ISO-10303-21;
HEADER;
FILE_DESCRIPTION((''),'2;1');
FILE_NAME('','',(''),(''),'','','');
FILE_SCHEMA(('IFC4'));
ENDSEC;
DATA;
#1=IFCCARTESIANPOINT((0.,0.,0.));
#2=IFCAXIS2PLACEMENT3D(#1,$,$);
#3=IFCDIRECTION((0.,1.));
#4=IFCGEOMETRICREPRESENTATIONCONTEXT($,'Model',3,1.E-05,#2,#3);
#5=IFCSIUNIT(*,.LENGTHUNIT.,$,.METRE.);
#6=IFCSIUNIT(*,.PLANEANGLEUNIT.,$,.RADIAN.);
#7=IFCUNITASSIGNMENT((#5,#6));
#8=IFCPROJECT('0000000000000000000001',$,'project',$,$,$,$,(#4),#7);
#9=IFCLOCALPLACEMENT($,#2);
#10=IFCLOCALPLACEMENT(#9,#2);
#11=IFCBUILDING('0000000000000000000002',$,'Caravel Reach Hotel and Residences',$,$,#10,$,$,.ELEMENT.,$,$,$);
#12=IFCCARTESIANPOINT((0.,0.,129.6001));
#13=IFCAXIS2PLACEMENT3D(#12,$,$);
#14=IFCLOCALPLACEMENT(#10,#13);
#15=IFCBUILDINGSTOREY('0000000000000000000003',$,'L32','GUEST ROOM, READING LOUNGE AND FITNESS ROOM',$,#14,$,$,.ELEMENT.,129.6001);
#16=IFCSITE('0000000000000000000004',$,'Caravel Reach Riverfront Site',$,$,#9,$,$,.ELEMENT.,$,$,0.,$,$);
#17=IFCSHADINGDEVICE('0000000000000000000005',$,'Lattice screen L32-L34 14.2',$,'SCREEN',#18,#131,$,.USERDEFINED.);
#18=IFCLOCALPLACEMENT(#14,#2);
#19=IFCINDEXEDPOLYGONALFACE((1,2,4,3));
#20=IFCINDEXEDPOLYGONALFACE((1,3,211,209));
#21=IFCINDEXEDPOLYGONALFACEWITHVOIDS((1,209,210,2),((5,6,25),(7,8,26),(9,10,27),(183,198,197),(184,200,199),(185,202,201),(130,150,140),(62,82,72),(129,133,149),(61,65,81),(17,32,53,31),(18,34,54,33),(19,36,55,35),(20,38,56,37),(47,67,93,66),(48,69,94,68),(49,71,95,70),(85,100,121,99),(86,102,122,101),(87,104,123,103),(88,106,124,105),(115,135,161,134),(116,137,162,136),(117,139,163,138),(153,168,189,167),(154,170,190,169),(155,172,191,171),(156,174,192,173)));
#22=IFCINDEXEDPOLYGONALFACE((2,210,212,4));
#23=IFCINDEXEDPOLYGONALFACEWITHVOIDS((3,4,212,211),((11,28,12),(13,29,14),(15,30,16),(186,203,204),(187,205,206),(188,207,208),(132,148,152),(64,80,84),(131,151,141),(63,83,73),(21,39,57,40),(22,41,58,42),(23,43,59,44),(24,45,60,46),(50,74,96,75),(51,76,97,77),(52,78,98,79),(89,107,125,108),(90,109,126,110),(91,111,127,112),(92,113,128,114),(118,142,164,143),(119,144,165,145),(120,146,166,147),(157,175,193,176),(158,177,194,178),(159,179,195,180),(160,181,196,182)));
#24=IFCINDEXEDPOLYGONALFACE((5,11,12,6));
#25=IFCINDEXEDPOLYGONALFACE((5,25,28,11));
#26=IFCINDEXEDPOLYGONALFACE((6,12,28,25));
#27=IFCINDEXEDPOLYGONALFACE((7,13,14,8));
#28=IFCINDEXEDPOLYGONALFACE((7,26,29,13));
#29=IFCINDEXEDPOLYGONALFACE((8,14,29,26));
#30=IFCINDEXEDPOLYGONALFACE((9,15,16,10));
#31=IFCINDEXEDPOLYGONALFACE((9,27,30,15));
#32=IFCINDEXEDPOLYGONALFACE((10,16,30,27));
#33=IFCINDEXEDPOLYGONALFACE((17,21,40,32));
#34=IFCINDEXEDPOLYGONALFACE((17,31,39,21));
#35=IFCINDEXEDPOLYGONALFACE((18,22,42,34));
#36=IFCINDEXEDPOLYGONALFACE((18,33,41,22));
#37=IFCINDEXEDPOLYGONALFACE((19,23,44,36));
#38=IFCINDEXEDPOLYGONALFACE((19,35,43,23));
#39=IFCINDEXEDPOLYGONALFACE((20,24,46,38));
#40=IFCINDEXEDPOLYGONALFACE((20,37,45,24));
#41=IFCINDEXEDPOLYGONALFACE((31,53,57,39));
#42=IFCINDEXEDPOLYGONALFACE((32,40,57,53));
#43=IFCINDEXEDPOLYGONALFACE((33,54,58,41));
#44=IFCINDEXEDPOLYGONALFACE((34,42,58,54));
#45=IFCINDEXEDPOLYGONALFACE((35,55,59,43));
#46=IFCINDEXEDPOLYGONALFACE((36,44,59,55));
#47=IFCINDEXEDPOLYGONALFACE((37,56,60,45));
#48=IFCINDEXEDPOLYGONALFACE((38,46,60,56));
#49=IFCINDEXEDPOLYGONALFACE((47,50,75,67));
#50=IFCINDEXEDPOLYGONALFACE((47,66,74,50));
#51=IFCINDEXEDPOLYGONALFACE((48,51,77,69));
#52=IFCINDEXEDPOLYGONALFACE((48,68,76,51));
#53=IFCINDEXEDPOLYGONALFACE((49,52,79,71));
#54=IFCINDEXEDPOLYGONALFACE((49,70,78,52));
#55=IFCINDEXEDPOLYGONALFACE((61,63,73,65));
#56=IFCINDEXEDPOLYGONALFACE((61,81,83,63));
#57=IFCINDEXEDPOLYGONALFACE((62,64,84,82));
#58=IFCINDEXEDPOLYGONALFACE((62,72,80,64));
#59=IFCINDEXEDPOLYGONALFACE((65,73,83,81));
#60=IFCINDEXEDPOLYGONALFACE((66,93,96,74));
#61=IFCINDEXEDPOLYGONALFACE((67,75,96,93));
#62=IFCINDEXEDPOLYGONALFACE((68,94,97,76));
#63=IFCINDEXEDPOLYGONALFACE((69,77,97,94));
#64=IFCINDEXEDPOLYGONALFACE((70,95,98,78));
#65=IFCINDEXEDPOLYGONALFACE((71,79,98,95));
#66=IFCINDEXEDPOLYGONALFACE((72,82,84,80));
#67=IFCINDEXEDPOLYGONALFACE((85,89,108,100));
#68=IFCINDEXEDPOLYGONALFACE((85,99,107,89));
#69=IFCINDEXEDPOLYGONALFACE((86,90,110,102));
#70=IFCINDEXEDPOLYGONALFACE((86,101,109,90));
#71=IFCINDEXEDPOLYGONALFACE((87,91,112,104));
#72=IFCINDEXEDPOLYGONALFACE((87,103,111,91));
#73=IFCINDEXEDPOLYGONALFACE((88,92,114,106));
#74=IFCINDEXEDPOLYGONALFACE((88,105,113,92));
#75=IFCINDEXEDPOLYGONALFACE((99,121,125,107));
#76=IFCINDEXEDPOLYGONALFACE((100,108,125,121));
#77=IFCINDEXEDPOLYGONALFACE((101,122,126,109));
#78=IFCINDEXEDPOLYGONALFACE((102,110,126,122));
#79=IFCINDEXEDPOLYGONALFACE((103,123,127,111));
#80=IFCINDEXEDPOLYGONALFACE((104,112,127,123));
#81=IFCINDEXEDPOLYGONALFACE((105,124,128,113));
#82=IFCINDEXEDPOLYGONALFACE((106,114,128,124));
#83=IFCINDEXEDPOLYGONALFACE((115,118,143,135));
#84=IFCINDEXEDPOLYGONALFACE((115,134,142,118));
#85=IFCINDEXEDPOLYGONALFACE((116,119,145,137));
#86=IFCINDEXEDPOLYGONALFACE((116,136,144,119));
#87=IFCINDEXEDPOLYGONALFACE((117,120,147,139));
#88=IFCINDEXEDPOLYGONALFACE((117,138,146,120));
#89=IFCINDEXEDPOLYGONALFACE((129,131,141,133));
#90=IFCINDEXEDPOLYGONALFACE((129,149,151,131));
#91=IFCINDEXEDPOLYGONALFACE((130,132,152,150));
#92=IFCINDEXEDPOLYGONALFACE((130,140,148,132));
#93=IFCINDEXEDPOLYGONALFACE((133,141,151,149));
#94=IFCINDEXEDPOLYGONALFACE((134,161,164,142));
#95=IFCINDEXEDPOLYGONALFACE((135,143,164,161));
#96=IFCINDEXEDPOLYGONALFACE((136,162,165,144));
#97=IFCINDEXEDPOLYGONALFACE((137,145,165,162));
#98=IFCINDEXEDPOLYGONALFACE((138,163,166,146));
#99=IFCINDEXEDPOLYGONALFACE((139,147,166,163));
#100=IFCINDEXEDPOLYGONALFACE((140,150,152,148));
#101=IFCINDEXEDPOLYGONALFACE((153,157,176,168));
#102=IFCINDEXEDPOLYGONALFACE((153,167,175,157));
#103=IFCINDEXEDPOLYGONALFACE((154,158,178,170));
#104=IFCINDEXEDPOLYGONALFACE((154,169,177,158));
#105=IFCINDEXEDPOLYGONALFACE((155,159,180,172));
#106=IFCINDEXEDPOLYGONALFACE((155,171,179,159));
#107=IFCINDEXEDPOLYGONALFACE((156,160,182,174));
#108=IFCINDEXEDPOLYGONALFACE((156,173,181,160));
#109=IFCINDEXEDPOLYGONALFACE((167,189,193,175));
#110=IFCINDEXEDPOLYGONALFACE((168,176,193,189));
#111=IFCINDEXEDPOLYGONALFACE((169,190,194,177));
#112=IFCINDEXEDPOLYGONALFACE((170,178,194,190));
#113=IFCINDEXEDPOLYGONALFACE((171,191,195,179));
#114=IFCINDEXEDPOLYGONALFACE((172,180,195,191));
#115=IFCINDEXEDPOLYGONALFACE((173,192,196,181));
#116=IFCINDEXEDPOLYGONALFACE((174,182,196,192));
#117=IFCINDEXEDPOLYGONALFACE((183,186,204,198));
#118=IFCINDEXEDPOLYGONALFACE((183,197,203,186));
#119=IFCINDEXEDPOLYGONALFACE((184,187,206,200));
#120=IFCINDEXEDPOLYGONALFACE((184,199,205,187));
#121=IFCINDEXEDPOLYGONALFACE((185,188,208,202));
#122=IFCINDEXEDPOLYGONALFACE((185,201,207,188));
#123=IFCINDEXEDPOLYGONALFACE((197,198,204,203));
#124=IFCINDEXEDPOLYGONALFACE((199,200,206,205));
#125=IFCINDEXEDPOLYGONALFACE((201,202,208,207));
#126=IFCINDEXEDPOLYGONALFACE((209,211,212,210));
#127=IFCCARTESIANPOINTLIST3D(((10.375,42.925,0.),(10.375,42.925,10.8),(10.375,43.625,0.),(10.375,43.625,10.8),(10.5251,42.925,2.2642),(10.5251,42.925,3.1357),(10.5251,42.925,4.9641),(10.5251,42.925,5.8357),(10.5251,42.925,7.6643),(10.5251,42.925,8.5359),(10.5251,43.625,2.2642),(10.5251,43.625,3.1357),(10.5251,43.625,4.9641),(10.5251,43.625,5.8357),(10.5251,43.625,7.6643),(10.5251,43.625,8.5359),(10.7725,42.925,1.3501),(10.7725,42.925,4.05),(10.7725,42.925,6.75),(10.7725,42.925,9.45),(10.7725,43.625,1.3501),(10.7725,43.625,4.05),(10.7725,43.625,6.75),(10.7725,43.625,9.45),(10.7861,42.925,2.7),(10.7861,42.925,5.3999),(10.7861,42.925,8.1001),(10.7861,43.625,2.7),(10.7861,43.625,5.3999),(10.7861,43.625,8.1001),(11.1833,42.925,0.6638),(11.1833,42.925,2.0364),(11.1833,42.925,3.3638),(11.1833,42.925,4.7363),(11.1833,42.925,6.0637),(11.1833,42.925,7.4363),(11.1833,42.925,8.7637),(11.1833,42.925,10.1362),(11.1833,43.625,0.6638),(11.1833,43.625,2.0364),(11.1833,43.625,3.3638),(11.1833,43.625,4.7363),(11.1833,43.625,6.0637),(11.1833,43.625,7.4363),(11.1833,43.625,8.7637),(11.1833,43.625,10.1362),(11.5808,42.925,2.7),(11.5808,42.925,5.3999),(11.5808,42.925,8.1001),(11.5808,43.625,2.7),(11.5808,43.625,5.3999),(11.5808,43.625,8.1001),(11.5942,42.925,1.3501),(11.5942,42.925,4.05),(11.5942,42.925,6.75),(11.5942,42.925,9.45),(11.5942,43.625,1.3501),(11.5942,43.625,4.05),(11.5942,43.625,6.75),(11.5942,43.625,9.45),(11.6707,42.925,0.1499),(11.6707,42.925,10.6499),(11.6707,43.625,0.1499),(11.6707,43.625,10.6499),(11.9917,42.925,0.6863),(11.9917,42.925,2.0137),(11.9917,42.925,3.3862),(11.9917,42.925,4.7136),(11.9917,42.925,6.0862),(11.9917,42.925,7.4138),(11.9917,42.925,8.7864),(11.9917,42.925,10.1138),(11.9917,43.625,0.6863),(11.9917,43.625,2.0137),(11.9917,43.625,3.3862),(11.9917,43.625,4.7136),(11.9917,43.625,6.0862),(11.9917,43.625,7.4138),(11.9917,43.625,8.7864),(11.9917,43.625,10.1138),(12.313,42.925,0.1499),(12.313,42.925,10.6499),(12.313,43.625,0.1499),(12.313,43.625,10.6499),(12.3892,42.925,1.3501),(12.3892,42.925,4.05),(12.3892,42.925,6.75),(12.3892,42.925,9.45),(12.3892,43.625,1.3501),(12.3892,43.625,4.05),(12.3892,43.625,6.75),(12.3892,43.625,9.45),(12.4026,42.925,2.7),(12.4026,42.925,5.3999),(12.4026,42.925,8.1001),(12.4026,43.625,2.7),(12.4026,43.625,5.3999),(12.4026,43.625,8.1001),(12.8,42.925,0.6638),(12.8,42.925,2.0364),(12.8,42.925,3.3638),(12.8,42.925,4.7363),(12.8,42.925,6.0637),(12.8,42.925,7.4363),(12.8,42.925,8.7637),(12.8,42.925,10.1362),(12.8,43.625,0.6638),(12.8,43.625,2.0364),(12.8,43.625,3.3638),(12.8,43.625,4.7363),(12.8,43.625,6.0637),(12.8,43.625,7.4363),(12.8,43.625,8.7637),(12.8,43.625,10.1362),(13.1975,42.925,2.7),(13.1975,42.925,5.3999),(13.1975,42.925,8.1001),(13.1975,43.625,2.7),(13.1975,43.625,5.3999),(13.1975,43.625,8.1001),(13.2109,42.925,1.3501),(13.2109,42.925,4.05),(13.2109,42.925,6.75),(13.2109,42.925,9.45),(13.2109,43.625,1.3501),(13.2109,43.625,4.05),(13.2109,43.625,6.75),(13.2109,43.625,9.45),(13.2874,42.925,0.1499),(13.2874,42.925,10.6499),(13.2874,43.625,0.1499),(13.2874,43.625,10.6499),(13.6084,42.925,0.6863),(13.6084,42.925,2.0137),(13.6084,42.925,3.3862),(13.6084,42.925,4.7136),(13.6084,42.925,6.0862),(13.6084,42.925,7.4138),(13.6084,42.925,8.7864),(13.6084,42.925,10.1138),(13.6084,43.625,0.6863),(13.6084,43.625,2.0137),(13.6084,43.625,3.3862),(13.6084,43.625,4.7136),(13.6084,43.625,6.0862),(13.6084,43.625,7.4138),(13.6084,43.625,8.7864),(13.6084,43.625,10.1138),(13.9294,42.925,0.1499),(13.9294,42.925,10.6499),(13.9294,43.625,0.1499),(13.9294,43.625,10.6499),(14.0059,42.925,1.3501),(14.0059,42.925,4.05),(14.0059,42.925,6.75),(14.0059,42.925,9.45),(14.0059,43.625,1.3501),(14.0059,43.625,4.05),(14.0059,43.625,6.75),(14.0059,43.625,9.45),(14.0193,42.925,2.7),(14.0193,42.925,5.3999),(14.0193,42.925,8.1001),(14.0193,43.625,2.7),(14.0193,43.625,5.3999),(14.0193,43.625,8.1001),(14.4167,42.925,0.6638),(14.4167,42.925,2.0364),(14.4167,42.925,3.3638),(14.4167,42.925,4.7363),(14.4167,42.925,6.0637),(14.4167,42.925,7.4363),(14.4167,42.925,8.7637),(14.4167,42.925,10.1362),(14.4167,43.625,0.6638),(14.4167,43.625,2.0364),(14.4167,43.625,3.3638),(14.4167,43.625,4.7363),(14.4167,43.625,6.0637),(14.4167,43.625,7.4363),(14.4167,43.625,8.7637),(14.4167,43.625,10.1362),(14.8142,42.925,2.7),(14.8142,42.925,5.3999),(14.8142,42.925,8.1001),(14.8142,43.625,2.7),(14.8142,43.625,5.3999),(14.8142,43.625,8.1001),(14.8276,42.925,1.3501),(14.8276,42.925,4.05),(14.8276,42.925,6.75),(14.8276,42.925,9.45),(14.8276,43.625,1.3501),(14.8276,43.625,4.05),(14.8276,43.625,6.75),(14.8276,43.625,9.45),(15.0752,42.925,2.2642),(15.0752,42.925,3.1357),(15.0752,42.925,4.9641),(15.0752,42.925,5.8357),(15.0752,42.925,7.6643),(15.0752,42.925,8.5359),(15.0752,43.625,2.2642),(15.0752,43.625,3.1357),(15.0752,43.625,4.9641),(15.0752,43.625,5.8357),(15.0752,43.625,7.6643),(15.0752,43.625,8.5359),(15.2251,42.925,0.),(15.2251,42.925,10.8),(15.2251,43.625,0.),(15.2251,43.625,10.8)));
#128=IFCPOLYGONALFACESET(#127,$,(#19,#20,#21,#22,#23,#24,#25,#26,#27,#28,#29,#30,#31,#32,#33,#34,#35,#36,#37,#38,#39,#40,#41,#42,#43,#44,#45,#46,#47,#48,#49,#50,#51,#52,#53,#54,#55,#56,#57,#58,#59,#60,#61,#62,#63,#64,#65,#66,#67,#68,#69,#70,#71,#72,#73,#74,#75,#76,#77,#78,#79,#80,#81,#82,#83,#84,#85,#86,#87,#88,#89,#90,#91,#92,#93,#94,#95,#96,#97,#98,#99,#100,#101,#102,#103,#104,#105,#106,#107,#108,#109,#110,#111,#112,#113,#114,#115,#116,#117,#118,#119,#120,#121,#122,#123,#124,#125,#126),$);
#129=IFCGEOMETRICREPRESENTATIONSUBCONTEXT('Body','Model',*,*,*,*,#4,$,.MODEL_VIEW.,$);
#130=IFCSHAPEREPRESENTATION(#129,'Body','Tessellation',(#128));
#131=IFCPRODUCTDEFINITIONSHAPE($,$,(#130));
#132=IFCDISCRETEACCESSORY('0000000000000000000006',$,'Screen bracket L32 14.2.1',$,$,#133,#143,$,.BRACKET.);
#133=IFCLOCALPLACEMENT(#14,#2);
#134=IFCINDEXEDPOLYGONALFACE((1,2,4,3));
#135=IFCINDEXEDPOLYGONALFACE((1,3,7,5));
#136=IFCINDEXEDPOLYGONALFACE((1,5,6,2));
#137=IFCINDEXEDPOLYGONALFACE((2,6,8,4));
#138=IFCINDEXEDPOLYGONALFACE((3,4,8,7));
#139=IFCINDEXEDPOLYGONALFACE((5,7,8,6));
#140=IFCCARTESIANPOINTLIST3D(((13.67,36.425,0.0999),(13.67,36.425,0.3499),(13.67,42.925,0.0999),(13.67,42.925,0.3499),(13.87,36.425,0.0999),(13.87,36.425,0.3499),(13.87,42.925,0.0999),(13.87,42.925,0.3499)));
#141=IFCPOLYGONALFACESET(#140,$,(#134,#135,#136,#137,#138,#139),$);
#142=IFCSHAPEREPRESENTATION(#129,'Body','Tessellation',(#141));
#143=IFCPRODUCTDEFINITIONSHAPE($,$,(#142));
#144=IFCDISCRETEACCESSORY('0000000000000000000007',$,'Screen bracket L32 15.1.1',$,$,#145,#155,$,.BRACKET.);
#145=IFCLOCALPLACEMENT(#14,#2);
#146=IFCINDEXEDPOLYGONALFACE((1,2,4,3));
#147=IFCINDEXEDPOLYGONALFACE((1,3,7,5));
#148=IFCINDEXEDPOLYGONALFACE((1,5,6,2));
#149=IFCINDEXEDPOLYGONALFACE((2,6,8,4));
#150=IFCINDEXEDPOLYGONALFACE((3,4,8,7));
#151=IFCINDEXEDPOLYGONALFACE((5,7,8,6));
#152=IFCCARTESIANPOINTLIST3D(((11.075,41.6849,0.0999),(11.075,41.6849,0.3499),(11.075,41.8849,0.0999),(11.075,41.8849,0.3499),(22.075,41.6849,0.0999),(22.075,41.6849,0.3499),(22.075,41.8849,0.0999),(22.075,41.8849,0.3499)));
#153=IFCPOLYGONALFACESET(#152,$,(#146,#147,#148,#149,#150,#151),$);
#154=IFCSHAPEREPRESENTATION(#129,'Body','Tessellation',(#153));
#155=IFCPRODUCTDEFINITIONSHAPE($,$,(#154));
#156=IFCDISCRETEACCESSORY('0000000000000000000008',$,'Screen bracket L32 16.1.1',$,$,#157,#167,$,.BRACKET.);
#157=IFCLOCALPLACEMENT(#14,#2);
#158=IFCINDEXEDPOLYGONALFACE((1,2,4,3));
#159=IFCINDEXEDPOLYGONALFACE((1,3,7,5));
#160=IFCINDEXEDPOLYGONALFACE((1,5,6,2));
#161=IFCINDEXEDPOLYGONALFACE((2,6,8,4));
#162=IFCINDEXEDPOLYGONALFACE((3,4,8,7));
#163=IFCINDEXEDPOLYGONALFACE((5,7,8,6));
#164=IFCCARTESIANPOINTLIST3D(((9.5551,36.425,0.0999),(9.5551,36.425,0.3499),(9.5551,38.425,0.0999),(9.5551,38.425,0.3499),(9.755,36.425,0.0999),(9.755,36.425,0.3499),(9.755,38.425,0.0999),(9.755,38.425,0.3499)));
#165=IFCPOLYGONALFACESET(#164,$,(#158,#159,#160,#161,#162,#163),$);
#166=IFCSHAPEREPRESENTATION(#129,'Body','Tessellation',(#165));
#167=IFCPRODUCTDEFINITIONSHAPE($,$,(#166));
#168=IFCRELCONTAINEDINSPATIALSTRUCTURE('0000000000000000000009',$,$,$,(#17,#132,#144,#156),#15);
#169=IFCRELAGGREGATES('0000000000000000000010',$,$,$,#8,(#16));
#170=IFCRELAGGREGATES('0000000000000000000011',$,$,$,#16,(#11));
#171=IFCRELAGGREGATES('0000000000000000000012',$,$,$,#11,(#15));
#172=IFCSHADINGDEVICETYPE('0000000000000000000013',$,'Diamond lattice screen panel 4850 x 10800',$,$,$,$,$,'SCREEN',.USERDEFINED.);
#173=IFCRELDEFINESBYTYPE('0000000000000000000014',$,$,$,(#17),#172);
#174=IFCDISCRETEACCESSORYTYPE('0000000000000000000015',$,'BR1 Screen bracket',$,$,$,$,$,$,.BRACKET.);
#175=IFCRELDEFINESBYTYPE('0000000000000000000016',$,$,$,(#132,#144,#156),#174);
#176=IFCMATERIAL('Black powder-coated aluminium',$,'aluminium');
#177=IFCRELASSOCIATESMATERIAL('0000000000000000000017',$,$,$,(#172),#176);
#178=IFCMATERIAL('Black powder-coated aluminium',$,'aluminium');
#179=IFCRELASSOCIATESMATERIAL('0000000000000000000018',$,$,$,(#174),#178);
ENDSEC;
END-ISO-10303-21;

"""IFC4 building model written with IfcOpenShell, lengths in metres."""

from ifc_helpers import new_model, si_unit, direction, frame, origin, origin_2d, place, context, subcontext, project, spatial, polyline, rectangle, outline, extrude, material, type_object, element, save


model = new_model("IFC4")

# Units and contexts
model_context = context("Model", 3, precision=1e-05, world=origin(), true_north=direction((0.0, 1.0)))
body_context = subcontext(model_context, "Body", "Model", "MODEL_VIEW")
ifc_project = project(units=[si_unit("LENGTHUNIT", "METRE"), si_unit("PLANEANGLEUNIT", "RADIAN")], contexts=[model_context])

# Site, building, storey
site_placement = place(None, origin())
site = spatial("IfcSite", under=ifc_project, at=site_placement, Name="Caravel Reach Riverfront Site", CompositionType="ELEMENT", RefElevation=0.0)
building_placement = place(site_placement, origin())
building = spatial("IfcBuilding", under=site, at=building_placement, Name="Caravel Reach Hotel and Residences", CompositionType="ELEMENT")
storey_placement = place(building_placement, frame((0.0, 0.0, 129.6001)))
storey = spatial("IfcBuildingStorey", under=building, at=storey_placement, Name="L32", Description="GUEST ROOM, READING LOUNGE AND FITNESS ROOM", CompositionType="ELEMENT", Elevation=129.6001)

# Shading device
ifc_material_1 = material(Name="Black powder-coated aluminium", Category="aluminium")
shading_device_type_1 = type_object("IfcShadingDeviceType", Name="Diamond lattice screen panel 4850 x 10800", ElementType="SCREEN", PredefinedType="USERDEFINED", material=ifc_material_1)
shading_device_1_placement = place(storey_placement, frame((15.2251, 42.925, 0.0), z_axis=(0.0, 1.0, 0.0), x_axis=(-1.0, 0.0, 0.0)))
element("IfcShadingDevice", 1, at=shading_device_1_placement, inside=storey, type_object=shading_device_type_1, Name="Lattice screen L32-L34 14.2", ObjectType="SCREEN", PredefinedType="USERDEFINED", context=body_context, shape_type="SweptSolid", body=[
    extrude(outline(polyline([(0.0, 0.0), (4.8501, 0.0), (4.8501, 10.8), (0.0, 10.8), (0.0, 0.0)]), holes=[polyline([(0.4109, 2.7), (0.1499, 3.1357), (0.1499, 2.2642), (0.4109, 2.7)]), polyline([(0.4109, 5.3999), (0.1499, 5.8357), (0.1499, 4.9641), (0.4109, 5.3999)]), polyline([(0.4109, 8.1001), (0.1499, 8.5359), (0.1499, 7.6643), (0.4109, 8.1001)]), polyline([(0.8083, 2.0364), (0.3975, 1.3501), (0.8083, 0.6638), (1.2192, 1.3501), (0.8083, 2.0364)]), polyline([(0.8083, 4.7363), (0.3975, 4.05), (0.8083, 3.3638), (1.2192, 4.05), (0.8083, 4.7363)]), polyline([(0.8083, 7.4363), (0.3975, 6.75), (0.8083, 6.0637), (1.2192, 6.75), (0.8083, 7.4363)]), polyline([(0.8083, 10.1362), (0.3975, 9.45), (0.8083, 8.7637), (1.2192, 9.45), (0.8083, 10.1362)]), polyline([(1.6167, 0.6863), (1.2957, 0.1499), (1.9377, 0.1499), (1.6167, 0.6863)]), polyline([(1.6167, 3.3862), (1.2058, 2.7), (1.6167, 2.0137), (2.0276, 2.7), (1.6167, 3.3862)]), polyline([(1.6167, 6.0862), (1.2058, 5.3999), (1.6167, 4.7136), (2.0276, 5.3999), (1.6167, 6.0862)]), polyline([(1.6167, 8.7864), (1.2058, 8.1001), (1.6167, 7.4138), (2.0276, 8.1001), (1.6167, 8.7864)]), polyline([(1.6167, 10.1138), (1.9377, 10.6499), (1.2957, 10.6499), (1.6167, 10.1138)]), polyline([(2.425, 2.0364), (2.0142, 1.3501), (2.425, 0.6638), (2.8359, 1.3501), (2.425, 2.0364)]), polyline([(2.425, 4.7363), (2.0142, 4.05), (2.425, 3.3638), (2.8359, 4.05), (2.425, 4.7363)]), polyline([(2.425, 7.4363), (2.0142, 6.75), (2.425, 6.0637), (2.8359, 6.75), (2.425, 7.4363)]), polyline([(2.425, 10.1362), (2.0142, 9.45), (2.425, 8.7637), (2.8359, 9.45), (2.425, 10.1362)]), polyline([(3.2334, 0.6863), (2.9121, 0.1499), (3.5544, 0.1499), (3.2334, 0.6863)]), polyline([(3.2334, 3.3862), (2.8225, 2.7), (3.2334, 2.0137), (3.6443, 2.7), (3.2334, 3.3862)]), polyline([(3.2334, 6.0862), (2.8225, 5.3999), (3.2334, 4.7136), (3.6443, 5.3999), (3.2334, 6.0862)]), polyline([(3.2334, 8.7864), (2.8225, 8.1001), (3.2334, 7.4138), (3.6443, 8.1001), (3.2334, 8.7864)]), polyline([(3.2334, 10.1138), (3.5544, 10.6499), (2.9121, 10.6499), (3.2334, 10.1138)]), polyline([(4.0417, 2.0364), (3.6309, 1.3501), (4.0417, 0.6638), (4.4526, 1.3501), (4.0417, 2.0364)]), polyline([(4.0417, 4.7363), (3.6309, 4.05), (4.0417, 3.3638), (4.4526, 4.05), (4.0417, 4.7363)]), polyline([(4.0417, 7.4363), (3.6309, 6.75), (4.0417, 6.0637), (4.4526, 6.75), (4.0417, 7.4363)]), polyline([(4.0417, 10.1362), (3.6309, 9.45), (4.0417, 8.7637), (4.4526, 9.45), (4.0417, 10.1362)]), polyline([(4.439, 2.7), (4.7, 2.2642), (4.7, 3.1357), (4.439, 2.7)]), polyline([(4.439, 5.3999), (4.7, 4.9641), (4.7, 5.8357), (4.439, 5.3999)]), polyline([(4.439, 8.1001), (4.7, 7.6643), (4.7, 8.5359), (4.439, 8.1001)])]), origin(), (0.0, 0.0, 1.0), 0.7),
])

# Discrete accessories
ifc_material_2 = material(Name="Black powder-coated aluminium", Category="aluminium")
discrete_accessory_type = type_object("IfcDiscreteAccessoryType", Name="BR1 Screen bracket", PredefinedType="BRACKET", material=ifc_material_2)
discrete_accessory_1_placement = place(storey_placement, frame((13.77, 39.675, 0.0999), z_axis=(0.0, 0.0, 1.0), x_axis=(0.0, 1.0, 0.0)))
element("IfcDiscreteAccessory", 2, at=discrete_accessory_1_placement, inside=storey, type_object=discrete_accessory_type, Name="Screen bracket L32 14.2.1", PredefinedType="BRACKET", context=body_context, shape_type="SweptSolid", body=[
    extrude(rectangle(XDim=6.5, YDim=0.2, at=origin_2d()), origin(), (0.0, 0.0, 1.0), 0.25),
])
discrete_accessory_2_placement = place(storey_placement, frame((16.575, 41.7849, 0.0999), z_axis=(0.0, 0.0, 1.0), x_axis=(-1.0, 0.0, 0.0)))
element("IfcDiscreteAccessory", 3, at=discrete_accessory_2_placement, inside=storey, type_object=discrete_accessory_type, Name="Screen bracket L32 15.1.1", PredefinedType="BRACKET", context=body_context, shape_type="SweptSolid", body=[
    extrude(rectangle(XDim=11.0, YDim=0.2, at=origin_2d()), origin(), (0.0, 0.0, 1.0), 0.25),
])
discrete_accessory_3_placement = place(storey_placement, frame((9.655, 37.425, 0.0999), z_axis=(0.0, 0.0, 1.0), x_axis=(0.0, 1.0, 0.0)))
element("IfcDiscreteAccessory", 4, at=discrete_accessory_3_placement, inside=storey, type_object=discrete_accessory_type, Name="Screen bracket L32 16.1.1", PredefinedType="BRACKET", context=body_context, shape_type="SweptSolid", body=[
    extrude(rectangle(XDim=2.0, YDim=0.2, at=origin_2d()), origin(), (0.0, 0.0, 1.0), 0.25),
])

save(model, "model.ifc")
